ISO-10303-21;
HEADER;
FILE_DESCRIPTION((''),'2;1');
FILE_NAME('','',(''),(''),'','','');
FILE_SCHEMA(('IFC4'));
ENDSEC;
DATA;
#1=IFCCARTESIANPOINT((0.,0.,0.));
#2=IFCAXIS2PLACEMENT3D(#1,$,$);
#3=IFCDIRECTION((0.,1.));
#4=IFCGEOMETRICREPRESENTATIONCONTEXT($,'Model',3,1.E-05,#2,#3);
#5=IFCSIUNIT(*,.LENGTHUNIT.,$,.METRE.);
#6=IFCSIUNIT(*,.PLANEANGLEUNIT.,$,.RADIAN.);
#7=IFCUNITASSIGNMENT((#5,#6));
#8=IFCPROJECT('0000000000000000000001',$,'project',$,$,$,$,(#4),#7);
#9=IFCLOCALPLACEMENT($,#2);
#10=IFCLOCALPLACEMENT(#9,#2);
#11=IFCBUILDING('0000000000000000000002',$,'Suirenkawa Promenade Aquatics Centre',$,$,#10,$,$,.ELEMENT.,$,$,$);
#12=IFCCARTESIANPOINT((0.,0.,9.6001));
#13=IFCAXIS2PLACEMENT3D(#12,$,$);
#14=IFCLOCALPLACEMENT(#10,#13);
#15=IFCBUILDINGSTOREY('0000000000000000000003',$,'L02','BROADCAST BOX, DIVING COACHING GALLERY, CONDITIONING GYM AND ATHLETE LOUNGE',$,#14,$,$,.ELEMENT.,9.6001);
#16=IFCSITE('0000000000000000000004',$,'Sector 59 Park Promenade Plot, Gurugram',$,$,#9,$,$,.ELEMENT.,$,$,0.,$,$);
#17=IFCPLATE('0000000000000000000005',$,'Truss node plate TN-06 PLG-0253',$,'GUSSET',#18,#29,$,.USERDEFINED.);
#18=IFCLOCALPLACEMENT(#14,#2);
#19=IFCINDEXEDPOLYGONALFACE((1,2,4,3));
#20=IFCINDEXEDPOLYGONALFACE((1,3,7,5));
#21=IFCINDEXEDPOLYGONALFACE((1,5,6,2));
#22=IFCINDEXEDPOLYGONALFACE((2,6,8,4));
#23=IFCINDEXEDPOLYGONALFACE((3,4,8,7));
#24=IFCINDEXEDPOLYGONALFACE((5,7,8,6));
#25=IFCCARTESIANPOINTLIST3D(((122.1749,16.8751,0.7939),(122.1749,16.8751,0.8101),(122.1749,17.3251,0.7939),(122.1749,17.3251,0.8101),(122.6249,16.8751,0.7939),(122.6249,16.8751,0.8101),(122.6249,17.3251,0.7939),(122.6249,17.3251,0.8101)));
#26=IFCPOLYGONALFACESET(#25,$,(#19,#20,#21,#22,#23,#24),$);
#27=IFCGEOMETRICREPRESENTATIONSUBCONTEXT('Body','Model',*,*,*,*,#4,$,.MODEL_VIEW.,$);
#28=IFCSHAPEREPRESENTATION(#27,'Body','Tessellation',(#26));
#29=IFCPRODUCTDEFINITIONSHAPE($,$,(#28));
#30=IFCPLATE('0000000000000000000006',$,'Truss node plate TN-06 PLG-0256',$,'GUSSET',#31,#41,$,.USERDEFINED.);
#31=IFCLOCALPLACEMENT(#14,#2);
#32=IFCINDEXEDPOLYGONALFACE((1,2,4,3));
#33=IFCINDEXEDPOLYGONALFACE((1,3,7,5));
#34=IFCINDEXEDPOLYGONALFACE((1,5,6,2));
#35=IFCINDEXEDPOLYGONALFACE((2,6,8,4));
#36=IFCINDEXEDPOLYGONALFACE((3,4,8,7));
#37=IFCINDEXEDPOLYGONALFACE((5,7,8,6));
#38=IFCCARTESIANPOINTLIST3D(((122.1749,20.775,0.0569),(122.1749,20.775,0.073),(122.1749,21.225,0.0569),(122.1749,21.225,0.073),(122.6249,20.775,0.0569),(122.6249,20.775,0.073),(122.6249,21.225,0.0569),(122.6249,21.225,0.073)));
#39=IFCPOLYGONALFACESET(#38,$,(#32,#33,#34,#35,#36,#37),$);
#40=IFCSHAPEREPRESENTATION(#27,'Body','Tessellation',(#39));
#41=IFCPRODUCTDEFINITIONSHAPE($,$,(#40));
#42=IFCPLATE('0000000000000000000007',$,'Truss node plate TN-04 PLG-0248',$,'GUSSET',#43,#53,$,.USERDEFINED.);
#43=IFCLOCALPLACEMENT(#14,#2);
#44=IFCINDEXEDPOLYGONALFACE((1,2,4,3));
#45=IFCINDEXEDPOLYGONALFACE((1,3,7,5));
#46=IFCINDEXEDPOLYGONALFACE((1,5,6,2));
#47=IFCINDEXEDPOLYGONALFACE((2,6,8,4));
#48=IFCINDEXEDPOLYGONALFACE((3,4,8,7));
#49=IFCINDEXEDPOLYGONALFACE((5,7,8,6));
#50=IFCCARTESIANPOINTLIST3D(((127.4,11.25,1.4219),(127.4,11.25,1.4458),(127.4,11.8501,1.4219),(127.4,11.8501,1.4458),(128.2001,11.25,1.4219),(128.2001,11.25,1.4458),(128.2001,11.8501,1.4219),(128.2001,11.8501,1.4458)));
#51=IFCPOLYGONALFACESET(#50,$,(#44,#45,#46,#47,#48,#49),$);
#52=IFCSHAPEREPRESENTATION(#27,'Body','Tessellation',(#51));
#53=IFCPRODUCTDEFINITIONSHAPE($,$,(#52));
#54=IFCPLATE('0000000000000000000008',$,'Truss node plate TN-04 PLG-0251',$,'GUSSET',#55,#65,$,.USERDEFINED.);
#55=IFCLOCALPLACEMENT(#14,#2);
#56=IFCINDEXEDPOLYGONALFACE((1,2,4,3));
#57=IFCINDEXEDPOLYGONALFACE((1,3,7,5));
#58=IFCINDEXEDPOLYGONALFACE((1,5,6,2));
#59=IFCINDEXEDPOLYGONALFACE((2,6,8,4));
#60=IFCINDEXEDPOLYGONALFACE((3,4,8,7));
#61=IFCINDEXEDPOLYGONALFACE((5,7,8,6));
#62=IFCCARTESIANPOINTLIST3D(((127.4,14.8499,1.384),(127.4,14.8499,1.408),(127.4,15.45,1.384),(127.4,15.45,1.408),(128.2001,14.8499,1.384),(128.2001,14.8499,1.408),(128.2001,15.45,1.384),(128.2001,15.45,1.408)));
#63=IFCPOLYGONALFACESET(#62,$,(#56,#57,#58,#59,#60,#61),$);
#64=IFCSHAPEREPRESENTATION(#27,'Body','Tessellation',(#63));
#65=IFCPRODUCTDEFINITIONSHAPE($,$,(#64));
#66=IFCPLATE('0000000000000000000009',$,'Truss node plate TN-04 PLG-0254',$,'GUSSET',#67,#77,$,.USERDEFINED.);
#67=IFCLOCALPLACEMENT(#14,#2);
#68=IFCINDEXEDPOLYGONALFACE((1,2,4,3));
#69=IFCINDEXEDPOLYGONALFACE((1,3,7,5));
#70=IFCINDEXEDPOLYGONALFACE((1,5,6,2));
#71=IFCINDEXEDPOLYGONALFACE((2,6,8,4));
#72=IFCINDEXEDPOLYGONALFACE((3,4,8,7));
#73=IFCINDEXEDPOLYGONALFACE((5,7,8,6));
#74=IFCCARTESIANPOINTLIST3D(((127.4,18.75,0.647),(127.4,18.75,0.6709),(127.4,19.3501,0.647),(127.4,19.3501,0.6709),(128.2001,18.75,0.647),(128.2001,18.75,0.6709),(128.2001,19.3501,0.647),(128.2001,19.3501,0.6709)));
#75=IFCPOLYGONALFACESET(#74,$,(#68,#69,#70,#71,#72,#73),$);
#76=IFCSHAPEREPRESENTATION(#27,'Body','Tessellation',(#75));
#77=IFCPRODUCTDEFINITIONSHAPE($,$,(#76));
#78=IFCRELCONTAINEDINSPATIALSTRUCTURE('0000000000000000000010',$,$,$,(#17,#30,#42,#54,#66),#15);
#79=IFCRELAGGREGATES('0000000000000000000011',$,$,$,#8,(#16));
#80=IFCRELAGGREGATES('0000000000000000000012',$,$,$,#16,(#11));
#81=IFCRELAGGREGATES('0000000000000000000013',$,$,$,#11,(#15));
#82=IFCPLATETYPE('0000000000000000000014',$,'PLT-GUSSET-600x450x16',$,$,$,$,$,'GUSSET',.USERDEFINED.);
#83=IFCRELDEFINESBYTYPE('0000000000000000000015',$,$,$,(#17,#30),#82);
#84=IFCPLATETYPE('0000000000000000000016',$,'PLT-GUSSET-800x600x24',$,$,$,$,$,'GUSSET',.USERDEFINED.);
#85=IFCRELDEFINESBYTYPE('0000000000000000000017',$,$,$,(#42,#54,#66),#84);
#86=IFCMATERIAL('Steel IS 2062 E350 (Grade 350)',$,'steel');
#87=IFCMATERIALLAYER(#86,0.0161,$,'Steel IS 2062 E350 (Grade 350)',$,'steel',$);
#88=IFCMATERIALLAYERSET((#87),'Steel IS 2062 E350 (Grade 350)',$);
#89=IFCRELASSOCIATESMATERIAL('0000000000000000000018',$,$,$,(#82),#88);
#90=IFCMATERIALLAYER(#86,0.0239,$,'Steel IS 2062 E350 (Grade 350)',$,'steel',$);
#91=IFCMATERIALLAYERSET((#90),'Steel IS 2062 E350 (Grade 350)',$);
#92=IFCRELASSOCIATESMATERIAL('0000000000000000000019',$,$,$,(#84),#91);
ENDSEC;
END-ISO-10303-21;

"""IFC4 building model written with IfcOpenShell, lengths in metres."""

from ifc_helpers import new_model, si_unit, direction, frame, origin, origin_2d, place, context, subcontext, project, spatial, rectangle, extrude, material, layer, layer_set, type_object, element, save


model = new_model("IFC4")

# Units and contexts
model_context = context("Model", 3, precision=1e-05, world=origin(), true_north=direction((0.0, 1.0)))
body_context = subcontext(model_context, "Body", "Model", "MODEL_VIEW")
ifc_project = project(units=[si_unit("LENGTHUNIT", "METRE"), si_unit("PLANEANGLEUNIT", "RADIAN")], contexts=[model_context])

# Site, building, storey
site_placement = place(None, origin())
site = spatial("IfcSite", under=ifc_project, at=site_placement, Name="Sector 59 Park Promenade Plot, Gurugram", CompositionType="ELEMENT", RefElevation=0.0)
building_placement = place(site_placement, origin())
building = spatial("IfcBuilding", under=site, at=building_placement, Name="Suirenkawa Promenade Aquatics Centre", CompositionType="ELEMENT")
storey_placement = place(building_placement, frame((0.0, 0.0, 9.6001)))
storey = spatial("IfcBuildingStorey", under=building, at=storey_placement, Name="L02", Description="BROADCAST BOX, DIVING COACHING GALLERY, CONDITIONING GYM AND ATHLETE LOUNGE", CompositionType="ELEMENT", Elevation=9.6001)

# Shared definitions
ifc_material = material(Name="Steel IS 2062 E350 (Grade 350)", Category="steel")

# Plates
ifc_layer_1 = layer(ifc_material, 0.0161, Name="Steel IS 2062 E350 (Grade 350)", Category="steel")
ifc_layer_set_1 = layer_set([ifc_layer_1], Name="Steel IS 2062 E350 (Grade 350)")
plate_type_1 = type_object("IfcPlateType", Name="PLT-GUSSET-600x450x16", ElementType="GUSSET", PredefinedType="USERDEFINED", material=ifc_layer_set_1)
for number, where, z_axis, x_axis, name in (
    (1, (122.3999, 17.1001, 0.7939), (0.0, 0.0, 1.0), (1.0, 0.0, 0.0), "Truss node plate TN-06 PLG-0253"),
    (2, (122.3999, 21.0, 0.0569), (0.0, 0.0, 1.0), (1.0, 0.0, 0.0), "Truss node plate TN-06 PLG-0256"),
):
    element("IfcPlate", number, at=place(storey_placement, frame(where, z_axis=z_axis, x_axis=x_axis)), inside=storey, type_object=plate_type_1, Name=name, ObjectType="GUSSET", PredefinedType="USERDEFINED", context=body_context, shape_type="SweptSolid", body=[
        extrude(rectangle(XDim=0.45, YDim=0.45, at=origin_2d()), origin(), (0.0, 0.0, 1.0), 0.0161),
    ])
ifc_layer_2 = layer(ifc_material, 0.0239, Name="Steel IS 2062 E350 (Grade 350)", Category="steel")
ifc_layer_set_2 = layer_set([ifc_layer_2], Name="Steel IS 2062 E350 (Grade 350)")
plate_type_2 = type_object("IfcPlateType", Name="PLT-GUSSET-800x600x24", ElementType="GUSSET", PredefinedType="USERDEFINED", material=ifc_layer_set_2)
for number, where, z_axis, x_axis, name in (
    (3, (127.8, 11.55, 1.4219), (0.0, 0.0, 1.0), (1.0, 0.0, 0.0), "Truss node plate TN-04 PLG-0248"),
    (4, (127.8, 15.1499, 1.384), (0.0, 0.0, 1.0), (1.0, 0.0, 0.0), "Truss node plate TN-04 PLG-0251"),
    (5, (127.8, 19.05, 0.647), (0.0, 0.0, 1.0), (1.0, 0.0, 0.0), "Truss node plate TN-04 PLG-0254"),
):
    element("IfcPlate", number, at=place(storey_placement, frame(where, z_axis=z_axis, x_axis=x_axis)), inside=storey, type_object=plate_type_2, Name=name, ObjectType="GUSSET", PredefinedType="USERDEFINED", context=body_context, shape_type="SweptSolid", body=[
        extrude(rectangle(XDim=0.8, YDim=0.6001, at=origin_2d()), origin(), (0.0, 0.0, 1.0), 0.0239),
    ])

save(model, "model.ifc")
